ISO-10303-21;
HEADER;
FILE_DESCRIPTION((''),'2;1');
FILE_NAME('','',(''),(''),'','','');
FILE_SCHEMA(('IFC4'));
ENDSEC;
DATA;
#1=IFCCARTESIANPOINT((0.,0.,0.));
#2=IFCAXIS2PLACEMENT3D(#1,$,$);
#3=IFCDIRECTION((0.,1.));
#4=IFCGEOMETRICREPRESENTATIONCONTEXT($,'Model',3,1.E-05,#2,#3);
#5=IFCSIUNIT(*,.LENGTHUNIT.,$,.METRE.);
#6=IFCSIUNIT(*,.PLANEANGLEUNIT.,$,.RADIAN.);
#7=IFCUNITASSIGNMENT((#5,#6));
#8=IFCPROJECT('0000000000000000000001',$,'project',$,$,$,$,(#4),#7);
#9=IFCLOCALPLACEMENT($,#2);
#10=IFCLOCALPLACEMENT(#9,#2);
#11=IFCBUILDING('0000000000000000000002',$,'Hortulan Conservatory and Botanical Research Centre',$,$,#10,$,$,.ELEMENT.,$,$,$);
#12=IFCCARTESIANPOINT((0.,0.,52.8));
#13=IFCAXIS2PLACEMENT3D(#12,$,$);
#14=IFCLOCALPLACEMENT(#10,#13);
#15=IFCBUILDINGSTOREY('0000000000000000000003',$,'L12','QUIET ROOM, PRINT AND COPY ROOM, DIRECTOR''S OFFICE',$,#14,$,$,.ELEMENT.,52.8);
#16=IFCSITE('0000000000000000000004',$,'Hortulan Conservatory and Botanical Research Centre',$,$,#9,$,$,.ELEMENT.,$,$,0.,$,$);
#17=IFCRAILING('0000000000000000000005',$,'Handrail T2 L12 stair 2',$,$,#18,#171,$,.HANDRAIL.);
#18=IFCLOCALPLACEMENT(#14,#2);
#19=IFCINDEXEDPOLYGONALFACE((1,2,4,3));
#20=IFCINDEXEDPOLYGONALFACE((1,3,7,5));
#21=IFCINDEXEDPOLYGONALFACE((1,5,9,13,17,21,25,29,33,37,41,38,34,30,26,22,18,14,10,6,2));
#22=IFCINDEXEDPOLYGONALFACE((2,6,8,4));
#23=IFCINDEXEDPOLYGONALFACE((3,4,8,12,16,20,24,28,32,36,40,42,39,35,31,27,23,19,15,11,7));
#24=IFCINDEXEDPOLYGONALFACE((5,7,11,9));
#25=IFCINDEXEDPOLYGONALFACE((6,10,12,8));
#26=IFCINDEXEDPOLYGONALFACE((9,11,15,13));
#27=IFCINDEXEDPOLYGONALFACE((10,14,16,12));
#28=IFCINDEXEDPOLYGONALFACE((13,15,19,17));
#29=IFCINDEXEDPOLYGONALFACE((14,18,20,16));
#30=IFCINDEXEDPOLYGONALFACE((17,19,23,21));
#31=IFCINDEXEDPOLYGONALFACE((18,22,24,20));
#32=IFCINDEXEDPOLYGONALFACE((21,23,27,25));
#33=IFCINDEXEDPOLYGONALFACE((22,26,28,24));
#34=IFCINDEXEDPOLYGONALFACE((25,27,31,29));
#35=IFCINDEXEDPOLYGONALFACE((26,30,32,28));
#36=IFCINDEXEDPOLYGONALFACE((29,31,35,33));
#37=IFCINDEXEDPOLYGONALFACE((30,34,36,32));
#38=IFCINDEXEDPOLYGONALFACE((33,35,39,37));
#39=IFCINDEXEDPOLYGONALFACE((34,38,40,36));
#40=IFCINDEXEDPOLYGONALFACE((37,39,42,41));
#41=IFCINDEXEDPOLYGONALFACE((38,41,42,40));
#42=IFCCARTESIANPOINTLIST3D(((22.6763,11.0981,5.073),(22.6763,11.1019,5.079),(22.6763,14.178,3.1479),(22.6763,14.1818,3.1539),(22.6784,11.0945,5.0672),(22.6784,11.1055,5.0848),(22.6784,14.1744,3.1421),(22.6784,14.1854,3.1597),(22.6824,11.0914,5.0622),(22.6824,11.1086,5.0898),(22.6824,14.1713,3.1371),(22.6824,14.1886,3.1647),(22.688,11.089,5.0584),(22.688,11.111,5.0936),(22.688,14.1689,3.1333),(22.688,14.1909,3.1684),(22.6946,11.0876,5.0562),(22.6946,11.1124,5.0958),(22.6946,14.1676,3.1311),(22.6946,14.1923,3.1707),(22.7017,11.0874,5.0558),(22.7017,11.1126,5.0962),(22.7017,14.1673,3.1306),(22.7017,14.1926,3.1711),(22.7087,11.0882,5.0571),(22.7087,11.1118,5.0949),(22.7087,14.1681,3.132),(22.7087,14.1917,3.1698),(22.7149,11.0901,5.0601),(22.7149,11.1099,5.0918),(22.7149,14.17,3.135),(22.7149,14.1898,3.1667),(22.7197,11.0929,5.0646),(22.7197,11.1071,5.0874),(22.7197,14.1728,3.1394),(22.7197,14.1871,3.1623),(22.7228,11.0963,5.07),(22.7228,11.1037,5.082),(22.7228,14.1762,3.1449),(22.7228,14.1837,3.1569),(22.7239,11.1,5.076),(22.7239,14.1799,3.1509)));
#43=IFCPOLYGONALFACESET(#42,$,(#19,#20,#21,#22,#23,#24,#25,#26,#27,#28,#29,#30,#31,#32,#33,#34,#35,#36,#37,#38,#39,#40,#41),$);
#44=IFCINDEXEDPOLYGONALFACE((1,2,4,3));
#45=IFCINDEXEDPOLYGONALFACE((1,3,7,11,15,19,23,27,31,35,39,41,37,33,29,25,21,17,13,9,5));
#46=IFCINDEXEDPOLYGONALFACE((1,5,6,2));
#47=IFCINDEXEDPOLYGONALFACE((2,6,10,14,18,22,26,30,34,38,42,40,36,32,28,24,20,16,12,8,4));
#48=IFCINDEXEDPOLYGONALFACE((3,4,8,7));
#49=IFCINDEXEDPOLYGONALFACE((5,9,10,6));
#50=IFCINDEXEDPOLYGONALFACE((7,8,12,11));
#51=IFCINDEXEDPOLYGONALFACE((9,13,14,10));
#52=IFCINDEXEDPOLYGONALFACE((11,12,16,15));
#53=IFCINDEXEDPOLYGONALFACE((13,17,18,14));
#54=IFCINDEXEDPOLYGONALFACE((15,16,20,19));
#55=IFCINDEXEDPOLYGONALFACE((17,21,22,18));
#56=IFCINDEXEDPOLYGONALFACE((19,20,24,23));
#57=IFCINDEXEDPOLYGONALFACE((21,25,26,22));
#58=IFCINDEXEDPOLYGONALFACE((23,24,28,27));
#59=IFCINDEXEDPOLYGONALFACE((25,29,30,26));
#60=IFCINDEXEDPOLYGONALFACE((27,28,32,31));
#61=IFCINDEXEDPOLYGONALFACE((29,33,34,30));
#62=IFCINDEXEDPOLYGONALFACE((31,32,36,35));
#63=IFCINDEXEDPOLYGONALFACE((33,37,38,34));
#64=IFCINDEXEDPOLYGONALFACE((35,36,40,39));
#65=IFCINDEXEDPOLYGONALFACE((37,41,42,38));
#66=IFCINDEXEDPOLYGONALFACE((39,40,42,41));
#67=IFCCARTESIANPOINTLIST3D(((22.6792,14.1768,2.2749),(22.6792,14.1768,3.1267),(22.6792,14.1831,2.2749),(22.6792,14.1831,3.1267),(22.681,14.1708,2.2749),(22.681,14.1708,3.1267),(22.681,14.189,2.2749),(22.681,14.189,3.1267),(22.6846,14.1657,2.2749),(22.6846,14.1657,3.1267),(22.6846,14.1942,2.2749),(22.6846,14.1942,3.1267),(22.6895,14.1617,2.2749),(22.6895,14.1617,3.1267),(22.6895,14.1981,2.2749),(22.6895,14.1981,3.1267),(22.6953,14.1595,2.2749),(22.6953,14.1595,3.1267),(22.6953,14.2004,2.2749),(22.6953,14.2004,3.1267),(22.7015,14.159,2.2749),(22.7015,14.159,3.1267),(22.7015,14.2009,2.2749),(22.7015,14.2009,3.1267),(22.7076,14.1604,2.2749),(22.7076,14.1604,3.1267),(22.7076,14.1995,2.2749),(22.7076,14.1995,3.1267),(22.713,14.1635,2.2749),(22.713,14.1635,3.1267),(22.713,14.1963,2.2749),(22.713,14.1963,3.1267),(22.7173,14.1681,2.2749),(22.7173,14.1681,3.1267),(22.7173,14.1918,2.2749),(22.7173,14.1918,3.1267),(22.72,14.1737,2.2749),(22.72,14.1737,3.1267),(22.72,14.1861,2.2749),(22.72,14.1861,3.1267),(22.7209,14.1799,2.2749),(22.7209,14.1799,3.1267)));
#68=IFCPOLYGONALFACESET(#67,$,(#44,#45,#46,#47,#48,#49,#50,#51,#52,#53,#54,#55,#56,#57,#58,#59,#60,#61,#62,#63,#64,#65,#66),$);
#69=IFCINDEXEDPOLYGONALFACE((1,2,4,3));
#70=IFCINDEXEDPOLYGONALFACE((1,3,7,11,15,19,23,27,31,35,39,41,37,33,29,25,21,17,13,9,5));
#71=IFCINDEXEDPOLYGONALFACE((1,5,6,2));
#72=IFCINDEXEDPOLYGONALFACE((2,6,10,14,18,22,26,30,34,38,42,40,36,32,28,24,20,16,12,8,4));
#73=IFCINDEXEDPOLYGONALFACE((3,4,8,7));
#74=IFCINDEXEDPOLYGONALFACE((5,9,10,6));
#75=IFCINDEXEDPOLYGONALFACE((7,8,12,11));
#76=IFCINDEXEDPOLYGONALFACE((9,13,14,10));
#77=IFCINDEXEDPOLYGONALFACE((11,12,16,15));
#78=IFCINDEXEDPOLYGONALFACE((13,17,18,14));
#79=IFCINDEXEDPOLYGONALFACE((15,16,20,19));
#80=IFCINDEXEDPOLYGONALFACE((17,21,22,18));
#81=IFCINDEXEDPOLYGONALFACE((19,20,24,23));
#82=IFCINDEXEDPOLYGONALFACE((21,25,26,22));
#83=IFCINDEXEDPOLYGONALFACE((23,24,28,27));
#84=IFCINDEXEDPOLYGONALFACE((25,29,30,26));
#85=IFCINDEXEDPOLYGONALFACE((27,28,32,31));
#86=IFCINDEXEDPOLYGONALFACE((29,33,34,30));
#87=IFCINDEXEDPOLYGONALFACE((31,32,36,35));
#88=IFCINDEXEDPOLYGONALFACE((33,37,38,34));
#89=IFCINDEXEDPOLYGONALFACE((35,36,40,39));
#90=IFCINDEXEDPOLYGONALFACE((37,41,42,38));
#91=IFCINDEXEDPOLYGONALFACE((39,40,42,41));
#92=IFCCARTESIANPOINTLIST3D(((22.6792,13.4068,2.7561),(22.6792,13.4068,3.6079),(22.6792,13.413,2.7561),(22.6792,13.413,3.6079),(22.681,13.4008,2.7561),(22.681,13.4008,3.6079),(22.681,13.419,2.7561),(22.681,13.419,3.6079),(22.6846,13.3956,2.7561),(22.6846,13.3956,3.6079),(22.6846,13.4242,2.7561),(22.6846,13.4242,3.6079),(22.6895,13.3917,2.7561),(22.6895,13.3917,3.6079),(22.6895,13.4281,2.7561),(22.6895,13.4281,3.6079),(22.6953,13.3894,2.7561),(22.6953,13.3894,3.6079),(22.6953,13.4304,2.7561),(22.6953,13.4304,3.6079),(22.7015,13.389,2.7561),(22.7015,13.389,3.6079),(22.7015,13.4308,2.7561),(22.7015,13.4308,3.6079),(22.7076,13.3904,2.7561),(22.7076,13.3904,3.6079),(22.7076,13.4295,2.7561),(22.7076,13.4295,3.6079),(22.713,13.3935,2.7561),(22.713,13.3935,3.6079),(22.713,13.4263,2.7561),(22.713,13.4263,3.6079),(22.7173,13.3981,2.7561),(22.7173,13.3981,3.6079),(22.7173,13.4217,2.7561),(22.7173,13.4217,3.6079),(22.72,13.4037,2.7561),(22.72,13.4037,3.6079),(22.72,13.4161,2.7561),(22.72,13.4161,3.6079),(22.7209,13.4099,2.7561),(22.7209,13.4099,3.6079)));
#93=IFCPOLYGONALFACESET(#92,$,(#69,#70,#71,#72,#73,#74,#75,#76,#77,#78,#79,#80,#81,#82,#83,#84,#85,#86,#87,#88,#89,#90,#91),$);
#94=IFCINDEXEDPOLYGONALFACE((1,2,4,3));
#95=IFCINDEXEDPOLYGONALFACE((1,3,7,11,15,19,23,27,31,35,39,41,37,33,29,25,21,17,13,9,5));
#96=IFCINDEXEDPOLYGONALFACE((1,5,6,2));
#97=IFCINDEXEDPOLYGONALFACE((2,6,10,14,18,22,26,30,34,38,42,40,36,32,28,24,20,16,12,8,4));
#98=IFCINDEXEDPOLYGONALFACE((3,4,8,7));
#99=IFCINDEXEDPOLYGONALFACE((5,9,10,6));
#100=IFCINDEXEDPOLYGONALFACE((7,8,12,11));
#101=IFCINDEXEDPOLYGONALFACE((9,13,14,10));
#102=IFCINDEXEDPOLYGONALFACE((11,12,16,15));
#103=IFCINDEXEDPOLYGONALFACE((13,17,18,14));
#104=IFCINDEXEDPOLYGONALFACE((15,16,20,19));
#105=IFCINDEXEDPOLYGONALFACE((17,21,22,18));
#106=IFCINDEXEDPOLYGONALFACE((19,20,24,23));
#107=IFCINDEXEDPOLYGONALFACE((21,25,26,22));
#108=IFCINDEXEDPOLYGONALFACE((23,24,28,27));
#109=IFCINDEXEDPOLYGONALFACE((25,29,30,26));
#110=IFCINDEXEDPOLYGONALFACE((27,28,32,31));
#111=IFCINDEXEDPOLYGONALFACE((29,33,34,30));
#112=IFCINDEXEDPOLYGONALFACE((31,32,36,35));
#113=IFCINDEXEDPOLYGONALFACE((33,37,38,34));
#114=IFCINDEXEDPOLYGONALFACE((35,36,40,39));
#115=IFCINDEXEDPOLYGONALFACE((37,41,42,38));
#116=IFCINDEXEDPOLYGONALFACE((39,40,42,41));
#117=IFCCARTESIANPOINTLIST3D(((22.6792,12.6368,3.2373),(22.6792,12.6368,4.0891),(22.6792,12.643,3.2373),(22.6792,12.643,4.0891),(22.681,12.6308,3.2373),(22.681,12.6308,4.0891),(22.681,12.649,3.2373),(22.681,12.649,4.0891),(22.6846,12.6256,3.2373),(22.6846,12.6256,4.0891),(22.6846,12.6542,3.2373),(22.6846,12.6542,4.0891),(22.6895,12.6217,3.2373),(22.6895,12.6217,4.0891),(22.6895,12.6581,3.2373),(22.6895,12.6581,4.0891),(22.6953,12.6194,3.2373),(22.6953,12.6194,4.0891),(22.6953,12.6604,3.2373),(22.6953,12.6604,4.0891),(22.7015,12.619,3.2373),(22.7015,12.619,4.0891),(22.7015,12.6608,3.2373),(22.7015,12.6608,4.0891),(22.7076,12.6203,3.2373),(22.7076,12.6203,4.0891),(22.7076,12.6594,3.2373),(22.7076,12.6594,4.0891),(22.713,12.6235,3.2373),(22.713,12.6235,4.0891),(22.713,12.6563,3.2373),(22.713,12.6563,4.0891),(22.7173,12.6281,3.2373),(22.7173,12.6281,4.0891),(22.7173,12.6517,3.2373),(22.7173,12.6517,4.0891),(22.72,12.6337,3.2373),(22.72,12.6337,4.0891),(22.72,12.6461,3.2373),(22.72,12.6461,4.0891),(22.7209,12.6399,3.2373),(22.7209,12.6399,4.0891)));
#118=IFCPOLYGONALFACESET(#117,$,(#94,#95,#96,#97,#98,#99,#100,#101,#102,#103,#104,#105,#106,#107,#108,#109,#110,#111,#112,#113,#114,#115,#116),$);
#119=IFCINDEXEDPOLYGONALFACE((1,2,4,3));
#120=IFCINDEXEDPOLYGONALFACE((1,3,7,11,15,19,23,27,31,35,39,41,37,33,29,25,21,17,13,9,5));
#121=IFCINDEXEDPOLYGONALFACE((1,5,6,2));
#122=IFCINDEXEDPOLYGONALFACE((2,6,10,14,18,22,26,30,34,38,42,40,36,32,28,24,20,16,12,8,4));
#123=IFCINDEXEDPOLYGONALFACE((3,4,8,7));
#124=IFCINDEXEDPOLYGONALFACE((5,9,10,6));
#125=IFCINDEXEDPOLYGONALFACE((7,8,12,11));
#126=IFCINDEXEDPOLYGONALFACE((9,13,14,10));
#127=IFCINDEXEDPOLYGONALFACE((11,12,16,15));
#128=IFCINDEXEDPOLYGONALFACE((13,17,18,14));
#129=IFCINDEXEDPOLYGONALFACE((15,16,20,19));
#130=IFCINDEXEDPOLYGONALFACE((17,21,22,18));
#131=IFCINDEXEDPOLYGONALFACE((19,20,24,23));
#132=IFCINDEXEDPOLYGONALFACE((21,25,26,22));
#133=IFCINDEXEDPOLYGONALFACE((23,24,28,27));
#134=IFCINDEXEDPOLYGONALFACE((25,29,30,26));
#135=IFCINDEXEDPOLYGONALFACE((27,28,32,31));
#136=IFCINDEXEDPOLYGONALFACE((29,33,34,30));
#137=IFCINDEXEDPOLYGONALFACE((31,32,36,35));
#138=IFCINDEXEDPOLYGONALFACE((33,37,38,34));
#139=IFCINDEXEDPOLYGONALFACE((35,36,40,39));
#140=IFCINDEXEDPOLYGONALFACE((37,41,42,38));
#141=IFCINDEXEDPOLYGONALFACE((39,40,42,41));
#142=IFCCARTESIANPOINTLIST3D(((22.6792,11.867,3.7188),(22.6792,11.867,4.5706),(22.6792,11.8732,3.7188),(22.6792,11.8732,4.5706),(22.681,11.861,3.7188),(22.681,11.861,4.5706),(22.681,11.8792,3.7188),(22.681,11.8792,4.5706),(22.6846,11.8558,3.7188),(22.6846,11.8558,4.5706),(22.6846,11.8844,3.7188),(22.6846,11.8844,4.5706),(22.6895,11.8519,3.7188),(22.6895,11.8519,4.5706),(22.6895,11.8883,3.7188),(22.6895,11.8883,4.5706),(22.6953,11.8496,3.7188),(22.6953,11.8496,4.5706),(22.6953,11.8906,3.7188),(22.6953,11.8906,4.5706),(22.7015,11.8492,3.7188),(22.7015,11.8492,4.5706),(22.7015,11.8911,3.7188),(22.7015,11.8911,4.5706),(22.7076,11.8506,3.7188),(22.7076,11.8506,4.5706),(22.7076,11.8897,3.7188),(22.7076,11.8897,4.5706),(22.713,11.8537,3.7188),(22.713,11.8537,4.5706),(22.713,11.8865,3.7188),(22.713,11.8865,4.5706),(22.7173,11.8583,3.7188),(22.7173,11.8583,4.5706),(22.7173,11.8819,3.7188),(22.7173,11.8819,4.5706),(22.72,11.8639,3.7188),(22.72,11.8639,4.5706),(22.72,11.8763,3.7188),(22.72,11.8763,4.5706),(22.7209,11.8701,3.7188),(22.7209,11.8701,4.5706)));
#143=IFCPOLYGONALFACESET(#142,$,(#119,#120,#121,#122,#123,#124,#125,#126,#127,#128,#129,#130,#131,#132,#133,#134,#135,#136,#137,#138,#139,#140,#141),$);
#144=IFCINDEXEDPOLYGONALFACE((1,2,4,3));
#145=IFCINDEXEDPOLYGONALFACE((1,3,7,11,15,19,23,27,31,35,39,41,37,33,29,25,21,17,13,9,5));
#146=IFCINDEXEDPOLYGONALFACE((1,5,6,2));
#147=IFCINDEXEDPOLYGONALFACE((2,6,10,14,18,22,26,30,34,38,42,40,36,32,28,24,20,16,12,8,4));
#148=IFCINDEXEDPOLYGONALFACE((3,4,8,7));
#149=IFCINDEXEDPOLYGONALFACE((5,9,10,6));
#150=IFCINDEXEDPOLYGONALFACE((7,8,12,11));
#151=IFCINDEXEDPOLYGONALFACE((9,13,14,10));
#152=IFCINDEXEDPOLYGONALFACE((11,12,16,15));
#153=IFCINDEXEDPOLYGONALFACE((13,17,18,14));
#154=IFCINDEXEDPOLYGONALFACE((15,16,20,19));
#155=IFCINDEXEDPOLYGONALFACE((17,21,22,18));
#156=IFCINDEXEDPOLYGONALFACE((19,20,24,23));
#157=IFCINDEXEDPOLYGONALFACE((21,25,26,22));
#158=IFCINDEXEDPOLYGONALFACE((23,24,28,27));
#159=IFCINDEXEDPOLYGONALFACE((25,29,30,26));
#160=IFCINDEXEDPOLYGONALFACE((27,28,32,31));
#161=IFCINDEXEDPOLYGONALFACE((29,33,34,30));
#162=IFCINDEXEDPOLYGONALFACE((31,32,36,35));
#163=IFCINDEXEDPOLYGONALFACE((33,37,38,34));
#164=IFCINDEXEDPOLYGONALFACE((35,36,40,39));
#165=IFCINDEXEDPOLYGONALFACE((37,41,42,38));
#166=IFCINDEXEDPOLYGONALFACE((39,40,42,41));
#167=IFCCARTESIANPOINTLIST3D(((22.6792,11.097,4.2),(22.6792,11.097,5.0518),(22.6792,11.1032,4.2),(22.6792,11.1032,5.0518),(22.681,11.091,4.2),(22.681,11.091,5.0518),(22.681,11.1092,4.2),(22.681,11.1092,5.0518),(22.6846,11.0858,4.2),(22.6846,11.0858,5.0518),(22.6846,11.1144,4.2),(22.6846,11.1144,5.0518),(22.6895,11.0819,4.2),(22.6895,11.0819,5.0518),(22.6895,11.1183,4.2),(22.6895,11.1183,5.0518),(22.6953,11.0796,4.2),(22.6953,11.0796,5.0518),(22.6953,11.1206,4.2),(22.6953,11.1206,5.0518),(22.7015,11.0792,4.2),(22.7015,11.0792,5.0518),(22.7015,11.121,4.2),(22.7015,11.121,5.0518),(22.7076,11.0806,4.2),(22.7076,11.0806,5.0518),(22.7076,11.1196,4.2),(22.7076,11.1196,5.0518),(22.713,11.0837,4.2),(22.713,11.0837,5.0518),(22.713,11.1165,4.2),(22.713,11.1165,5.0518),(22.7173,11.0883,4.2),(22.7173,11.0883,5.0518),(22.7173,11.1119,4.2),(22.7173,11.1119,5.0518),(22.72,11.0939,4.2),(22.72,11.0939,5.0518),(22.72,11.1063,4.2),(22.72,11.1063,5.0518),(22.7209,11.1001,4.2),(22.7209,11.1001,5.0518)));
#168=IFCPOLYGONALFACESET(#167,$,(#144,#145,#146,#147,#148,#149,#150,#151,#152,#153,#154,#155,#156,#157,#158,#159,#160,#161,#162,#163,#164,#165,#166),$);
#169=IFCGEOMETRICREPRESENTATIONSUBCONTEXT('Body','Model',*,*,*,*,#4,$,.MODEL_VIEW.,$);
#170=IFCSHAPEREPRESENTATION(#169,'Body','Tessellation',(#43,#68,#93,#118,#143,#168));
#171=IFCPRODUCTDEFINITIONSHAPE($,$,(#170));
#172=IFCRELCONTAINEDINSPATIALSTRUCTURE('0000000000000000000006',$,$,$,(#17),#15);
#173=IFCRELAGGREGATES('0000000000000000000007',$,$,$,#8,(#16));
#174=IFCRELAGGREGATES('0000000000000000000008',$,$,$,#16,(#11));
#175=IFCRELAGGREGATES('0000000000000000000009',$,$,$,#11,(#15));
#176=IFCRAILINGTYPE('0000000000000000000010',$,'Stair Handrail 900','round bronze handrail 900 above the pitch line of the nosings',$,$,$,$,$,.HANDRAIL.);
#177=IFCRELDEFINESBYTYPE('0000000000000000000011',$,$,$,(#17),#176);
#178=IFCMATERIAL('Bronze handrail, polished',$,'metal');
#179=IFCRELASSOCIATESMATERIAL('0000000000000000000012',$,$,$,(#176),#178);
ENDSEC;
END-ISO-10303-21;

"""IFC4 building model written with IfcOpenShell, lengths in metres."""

from ifc_helpers import new_model, si_unit, direction, frame, origin, origin_2d, place, context, subcontext, project, spatial, circle, extrude, material, type_object, element, save


model = new_model("IFC4")

# Units and contexts
model_context = context("Model", 3, precision=1e-05, world=origin(), true_north=direction((0.0, 1.0)))
body_context = subcontext(model_context, "Body", "Model", "MODEL_VIEW")
ifc_project = project(units=[si_unit("LENGTHUNIT", "METRE"), si_unit("PLANEANGLEUNIT", "RADIAN")], contexts=[model_context])

# Site, building, storey
site_placement = place(None, origin())
site = spatial("IfcSite", under=ifc_project, at=site_placement, Name="Hortulan Conservatory and Botanical Research Centre", CompositionType="ELEMENT", RefElevation=0.0)
building_placement = place(site_placement, origin())
building = spatial("IfcBuilding", under=site, at=building_placement, Name="Hortulan Conservatory and Botanical Research Centre", CompositionType="ELEMENT")
storey_placement = place(building_placement, frame((0.0, 0.0, 52.8)))
storey = spatial("IfcBuildingStorey", under=building, at=storey_placement, Name="L12", Description="QUIET ROOM, PRINT AND COPY ROOM, DIRECTOR'S OFFICE", CompositionType="ELEMENT", Elevation=52.8)

# Railing
ifc_material_1 = material(Name="Bronze handrail, polished", Category="metal")
railing_type_1 = type_object("IfcRailingType", Name="Stair Handrail 900", Description="round bronze handrail 900 above the pitch line of the nosings", PredefinedType="HANDRAIL", material=ifc_material_1)
for number, where, name in (
    (1, (22.7, 14.1799, 2.2749), "Handrail T2 L12 stair 2"),
):
    element("IfcRailing", number, at=place(storey_placement, frame(where)), inside=storey, type_object=railing_type_1, Name=name, PredefinedType="HANDRAIL", context=body_context, shape_type="SweptSolid", body=[
        extrude(circle(Radius=0.0239, at=origin_2d()), frame((0.0, 0.0, 0.876), z_axis=(0.0, -0.847979, 0.530029), x_axis=(1.0, 0.0, 0.0)), (0.0, 0.0, 1.0), 3.6321),
        extrude(circle(Radius=0.021, at=origin_2d()), origin(), (0.0, 0.0, 1.0), 0.8518),
        extrude(circle(Radius=0.021, at=origin_2d()), frame((0.0, -0.77, 0.4812)), (0.0, 0.0, 1.0), 0.8518),
        extrude(circle(Radius=0.021, at=origin_2d()), frame((0.0, -1.54, 0.9624)), (0.0, 0.0, 1.0), 0.8518),
        extrude(circle(Radius=0.021, at=origin_2d()), frame((0.0, -2.3098, 1.4438)), (0.0, 0.0, 1.0), 0.8518),
        extrude(circle(Radius=0.021, at=origin_2d()), frame((0.0, -3.0798, 1.925)), (0.0, 0.0, 1.0), 0.8518),
    ])

save(model, "model.ifc")
